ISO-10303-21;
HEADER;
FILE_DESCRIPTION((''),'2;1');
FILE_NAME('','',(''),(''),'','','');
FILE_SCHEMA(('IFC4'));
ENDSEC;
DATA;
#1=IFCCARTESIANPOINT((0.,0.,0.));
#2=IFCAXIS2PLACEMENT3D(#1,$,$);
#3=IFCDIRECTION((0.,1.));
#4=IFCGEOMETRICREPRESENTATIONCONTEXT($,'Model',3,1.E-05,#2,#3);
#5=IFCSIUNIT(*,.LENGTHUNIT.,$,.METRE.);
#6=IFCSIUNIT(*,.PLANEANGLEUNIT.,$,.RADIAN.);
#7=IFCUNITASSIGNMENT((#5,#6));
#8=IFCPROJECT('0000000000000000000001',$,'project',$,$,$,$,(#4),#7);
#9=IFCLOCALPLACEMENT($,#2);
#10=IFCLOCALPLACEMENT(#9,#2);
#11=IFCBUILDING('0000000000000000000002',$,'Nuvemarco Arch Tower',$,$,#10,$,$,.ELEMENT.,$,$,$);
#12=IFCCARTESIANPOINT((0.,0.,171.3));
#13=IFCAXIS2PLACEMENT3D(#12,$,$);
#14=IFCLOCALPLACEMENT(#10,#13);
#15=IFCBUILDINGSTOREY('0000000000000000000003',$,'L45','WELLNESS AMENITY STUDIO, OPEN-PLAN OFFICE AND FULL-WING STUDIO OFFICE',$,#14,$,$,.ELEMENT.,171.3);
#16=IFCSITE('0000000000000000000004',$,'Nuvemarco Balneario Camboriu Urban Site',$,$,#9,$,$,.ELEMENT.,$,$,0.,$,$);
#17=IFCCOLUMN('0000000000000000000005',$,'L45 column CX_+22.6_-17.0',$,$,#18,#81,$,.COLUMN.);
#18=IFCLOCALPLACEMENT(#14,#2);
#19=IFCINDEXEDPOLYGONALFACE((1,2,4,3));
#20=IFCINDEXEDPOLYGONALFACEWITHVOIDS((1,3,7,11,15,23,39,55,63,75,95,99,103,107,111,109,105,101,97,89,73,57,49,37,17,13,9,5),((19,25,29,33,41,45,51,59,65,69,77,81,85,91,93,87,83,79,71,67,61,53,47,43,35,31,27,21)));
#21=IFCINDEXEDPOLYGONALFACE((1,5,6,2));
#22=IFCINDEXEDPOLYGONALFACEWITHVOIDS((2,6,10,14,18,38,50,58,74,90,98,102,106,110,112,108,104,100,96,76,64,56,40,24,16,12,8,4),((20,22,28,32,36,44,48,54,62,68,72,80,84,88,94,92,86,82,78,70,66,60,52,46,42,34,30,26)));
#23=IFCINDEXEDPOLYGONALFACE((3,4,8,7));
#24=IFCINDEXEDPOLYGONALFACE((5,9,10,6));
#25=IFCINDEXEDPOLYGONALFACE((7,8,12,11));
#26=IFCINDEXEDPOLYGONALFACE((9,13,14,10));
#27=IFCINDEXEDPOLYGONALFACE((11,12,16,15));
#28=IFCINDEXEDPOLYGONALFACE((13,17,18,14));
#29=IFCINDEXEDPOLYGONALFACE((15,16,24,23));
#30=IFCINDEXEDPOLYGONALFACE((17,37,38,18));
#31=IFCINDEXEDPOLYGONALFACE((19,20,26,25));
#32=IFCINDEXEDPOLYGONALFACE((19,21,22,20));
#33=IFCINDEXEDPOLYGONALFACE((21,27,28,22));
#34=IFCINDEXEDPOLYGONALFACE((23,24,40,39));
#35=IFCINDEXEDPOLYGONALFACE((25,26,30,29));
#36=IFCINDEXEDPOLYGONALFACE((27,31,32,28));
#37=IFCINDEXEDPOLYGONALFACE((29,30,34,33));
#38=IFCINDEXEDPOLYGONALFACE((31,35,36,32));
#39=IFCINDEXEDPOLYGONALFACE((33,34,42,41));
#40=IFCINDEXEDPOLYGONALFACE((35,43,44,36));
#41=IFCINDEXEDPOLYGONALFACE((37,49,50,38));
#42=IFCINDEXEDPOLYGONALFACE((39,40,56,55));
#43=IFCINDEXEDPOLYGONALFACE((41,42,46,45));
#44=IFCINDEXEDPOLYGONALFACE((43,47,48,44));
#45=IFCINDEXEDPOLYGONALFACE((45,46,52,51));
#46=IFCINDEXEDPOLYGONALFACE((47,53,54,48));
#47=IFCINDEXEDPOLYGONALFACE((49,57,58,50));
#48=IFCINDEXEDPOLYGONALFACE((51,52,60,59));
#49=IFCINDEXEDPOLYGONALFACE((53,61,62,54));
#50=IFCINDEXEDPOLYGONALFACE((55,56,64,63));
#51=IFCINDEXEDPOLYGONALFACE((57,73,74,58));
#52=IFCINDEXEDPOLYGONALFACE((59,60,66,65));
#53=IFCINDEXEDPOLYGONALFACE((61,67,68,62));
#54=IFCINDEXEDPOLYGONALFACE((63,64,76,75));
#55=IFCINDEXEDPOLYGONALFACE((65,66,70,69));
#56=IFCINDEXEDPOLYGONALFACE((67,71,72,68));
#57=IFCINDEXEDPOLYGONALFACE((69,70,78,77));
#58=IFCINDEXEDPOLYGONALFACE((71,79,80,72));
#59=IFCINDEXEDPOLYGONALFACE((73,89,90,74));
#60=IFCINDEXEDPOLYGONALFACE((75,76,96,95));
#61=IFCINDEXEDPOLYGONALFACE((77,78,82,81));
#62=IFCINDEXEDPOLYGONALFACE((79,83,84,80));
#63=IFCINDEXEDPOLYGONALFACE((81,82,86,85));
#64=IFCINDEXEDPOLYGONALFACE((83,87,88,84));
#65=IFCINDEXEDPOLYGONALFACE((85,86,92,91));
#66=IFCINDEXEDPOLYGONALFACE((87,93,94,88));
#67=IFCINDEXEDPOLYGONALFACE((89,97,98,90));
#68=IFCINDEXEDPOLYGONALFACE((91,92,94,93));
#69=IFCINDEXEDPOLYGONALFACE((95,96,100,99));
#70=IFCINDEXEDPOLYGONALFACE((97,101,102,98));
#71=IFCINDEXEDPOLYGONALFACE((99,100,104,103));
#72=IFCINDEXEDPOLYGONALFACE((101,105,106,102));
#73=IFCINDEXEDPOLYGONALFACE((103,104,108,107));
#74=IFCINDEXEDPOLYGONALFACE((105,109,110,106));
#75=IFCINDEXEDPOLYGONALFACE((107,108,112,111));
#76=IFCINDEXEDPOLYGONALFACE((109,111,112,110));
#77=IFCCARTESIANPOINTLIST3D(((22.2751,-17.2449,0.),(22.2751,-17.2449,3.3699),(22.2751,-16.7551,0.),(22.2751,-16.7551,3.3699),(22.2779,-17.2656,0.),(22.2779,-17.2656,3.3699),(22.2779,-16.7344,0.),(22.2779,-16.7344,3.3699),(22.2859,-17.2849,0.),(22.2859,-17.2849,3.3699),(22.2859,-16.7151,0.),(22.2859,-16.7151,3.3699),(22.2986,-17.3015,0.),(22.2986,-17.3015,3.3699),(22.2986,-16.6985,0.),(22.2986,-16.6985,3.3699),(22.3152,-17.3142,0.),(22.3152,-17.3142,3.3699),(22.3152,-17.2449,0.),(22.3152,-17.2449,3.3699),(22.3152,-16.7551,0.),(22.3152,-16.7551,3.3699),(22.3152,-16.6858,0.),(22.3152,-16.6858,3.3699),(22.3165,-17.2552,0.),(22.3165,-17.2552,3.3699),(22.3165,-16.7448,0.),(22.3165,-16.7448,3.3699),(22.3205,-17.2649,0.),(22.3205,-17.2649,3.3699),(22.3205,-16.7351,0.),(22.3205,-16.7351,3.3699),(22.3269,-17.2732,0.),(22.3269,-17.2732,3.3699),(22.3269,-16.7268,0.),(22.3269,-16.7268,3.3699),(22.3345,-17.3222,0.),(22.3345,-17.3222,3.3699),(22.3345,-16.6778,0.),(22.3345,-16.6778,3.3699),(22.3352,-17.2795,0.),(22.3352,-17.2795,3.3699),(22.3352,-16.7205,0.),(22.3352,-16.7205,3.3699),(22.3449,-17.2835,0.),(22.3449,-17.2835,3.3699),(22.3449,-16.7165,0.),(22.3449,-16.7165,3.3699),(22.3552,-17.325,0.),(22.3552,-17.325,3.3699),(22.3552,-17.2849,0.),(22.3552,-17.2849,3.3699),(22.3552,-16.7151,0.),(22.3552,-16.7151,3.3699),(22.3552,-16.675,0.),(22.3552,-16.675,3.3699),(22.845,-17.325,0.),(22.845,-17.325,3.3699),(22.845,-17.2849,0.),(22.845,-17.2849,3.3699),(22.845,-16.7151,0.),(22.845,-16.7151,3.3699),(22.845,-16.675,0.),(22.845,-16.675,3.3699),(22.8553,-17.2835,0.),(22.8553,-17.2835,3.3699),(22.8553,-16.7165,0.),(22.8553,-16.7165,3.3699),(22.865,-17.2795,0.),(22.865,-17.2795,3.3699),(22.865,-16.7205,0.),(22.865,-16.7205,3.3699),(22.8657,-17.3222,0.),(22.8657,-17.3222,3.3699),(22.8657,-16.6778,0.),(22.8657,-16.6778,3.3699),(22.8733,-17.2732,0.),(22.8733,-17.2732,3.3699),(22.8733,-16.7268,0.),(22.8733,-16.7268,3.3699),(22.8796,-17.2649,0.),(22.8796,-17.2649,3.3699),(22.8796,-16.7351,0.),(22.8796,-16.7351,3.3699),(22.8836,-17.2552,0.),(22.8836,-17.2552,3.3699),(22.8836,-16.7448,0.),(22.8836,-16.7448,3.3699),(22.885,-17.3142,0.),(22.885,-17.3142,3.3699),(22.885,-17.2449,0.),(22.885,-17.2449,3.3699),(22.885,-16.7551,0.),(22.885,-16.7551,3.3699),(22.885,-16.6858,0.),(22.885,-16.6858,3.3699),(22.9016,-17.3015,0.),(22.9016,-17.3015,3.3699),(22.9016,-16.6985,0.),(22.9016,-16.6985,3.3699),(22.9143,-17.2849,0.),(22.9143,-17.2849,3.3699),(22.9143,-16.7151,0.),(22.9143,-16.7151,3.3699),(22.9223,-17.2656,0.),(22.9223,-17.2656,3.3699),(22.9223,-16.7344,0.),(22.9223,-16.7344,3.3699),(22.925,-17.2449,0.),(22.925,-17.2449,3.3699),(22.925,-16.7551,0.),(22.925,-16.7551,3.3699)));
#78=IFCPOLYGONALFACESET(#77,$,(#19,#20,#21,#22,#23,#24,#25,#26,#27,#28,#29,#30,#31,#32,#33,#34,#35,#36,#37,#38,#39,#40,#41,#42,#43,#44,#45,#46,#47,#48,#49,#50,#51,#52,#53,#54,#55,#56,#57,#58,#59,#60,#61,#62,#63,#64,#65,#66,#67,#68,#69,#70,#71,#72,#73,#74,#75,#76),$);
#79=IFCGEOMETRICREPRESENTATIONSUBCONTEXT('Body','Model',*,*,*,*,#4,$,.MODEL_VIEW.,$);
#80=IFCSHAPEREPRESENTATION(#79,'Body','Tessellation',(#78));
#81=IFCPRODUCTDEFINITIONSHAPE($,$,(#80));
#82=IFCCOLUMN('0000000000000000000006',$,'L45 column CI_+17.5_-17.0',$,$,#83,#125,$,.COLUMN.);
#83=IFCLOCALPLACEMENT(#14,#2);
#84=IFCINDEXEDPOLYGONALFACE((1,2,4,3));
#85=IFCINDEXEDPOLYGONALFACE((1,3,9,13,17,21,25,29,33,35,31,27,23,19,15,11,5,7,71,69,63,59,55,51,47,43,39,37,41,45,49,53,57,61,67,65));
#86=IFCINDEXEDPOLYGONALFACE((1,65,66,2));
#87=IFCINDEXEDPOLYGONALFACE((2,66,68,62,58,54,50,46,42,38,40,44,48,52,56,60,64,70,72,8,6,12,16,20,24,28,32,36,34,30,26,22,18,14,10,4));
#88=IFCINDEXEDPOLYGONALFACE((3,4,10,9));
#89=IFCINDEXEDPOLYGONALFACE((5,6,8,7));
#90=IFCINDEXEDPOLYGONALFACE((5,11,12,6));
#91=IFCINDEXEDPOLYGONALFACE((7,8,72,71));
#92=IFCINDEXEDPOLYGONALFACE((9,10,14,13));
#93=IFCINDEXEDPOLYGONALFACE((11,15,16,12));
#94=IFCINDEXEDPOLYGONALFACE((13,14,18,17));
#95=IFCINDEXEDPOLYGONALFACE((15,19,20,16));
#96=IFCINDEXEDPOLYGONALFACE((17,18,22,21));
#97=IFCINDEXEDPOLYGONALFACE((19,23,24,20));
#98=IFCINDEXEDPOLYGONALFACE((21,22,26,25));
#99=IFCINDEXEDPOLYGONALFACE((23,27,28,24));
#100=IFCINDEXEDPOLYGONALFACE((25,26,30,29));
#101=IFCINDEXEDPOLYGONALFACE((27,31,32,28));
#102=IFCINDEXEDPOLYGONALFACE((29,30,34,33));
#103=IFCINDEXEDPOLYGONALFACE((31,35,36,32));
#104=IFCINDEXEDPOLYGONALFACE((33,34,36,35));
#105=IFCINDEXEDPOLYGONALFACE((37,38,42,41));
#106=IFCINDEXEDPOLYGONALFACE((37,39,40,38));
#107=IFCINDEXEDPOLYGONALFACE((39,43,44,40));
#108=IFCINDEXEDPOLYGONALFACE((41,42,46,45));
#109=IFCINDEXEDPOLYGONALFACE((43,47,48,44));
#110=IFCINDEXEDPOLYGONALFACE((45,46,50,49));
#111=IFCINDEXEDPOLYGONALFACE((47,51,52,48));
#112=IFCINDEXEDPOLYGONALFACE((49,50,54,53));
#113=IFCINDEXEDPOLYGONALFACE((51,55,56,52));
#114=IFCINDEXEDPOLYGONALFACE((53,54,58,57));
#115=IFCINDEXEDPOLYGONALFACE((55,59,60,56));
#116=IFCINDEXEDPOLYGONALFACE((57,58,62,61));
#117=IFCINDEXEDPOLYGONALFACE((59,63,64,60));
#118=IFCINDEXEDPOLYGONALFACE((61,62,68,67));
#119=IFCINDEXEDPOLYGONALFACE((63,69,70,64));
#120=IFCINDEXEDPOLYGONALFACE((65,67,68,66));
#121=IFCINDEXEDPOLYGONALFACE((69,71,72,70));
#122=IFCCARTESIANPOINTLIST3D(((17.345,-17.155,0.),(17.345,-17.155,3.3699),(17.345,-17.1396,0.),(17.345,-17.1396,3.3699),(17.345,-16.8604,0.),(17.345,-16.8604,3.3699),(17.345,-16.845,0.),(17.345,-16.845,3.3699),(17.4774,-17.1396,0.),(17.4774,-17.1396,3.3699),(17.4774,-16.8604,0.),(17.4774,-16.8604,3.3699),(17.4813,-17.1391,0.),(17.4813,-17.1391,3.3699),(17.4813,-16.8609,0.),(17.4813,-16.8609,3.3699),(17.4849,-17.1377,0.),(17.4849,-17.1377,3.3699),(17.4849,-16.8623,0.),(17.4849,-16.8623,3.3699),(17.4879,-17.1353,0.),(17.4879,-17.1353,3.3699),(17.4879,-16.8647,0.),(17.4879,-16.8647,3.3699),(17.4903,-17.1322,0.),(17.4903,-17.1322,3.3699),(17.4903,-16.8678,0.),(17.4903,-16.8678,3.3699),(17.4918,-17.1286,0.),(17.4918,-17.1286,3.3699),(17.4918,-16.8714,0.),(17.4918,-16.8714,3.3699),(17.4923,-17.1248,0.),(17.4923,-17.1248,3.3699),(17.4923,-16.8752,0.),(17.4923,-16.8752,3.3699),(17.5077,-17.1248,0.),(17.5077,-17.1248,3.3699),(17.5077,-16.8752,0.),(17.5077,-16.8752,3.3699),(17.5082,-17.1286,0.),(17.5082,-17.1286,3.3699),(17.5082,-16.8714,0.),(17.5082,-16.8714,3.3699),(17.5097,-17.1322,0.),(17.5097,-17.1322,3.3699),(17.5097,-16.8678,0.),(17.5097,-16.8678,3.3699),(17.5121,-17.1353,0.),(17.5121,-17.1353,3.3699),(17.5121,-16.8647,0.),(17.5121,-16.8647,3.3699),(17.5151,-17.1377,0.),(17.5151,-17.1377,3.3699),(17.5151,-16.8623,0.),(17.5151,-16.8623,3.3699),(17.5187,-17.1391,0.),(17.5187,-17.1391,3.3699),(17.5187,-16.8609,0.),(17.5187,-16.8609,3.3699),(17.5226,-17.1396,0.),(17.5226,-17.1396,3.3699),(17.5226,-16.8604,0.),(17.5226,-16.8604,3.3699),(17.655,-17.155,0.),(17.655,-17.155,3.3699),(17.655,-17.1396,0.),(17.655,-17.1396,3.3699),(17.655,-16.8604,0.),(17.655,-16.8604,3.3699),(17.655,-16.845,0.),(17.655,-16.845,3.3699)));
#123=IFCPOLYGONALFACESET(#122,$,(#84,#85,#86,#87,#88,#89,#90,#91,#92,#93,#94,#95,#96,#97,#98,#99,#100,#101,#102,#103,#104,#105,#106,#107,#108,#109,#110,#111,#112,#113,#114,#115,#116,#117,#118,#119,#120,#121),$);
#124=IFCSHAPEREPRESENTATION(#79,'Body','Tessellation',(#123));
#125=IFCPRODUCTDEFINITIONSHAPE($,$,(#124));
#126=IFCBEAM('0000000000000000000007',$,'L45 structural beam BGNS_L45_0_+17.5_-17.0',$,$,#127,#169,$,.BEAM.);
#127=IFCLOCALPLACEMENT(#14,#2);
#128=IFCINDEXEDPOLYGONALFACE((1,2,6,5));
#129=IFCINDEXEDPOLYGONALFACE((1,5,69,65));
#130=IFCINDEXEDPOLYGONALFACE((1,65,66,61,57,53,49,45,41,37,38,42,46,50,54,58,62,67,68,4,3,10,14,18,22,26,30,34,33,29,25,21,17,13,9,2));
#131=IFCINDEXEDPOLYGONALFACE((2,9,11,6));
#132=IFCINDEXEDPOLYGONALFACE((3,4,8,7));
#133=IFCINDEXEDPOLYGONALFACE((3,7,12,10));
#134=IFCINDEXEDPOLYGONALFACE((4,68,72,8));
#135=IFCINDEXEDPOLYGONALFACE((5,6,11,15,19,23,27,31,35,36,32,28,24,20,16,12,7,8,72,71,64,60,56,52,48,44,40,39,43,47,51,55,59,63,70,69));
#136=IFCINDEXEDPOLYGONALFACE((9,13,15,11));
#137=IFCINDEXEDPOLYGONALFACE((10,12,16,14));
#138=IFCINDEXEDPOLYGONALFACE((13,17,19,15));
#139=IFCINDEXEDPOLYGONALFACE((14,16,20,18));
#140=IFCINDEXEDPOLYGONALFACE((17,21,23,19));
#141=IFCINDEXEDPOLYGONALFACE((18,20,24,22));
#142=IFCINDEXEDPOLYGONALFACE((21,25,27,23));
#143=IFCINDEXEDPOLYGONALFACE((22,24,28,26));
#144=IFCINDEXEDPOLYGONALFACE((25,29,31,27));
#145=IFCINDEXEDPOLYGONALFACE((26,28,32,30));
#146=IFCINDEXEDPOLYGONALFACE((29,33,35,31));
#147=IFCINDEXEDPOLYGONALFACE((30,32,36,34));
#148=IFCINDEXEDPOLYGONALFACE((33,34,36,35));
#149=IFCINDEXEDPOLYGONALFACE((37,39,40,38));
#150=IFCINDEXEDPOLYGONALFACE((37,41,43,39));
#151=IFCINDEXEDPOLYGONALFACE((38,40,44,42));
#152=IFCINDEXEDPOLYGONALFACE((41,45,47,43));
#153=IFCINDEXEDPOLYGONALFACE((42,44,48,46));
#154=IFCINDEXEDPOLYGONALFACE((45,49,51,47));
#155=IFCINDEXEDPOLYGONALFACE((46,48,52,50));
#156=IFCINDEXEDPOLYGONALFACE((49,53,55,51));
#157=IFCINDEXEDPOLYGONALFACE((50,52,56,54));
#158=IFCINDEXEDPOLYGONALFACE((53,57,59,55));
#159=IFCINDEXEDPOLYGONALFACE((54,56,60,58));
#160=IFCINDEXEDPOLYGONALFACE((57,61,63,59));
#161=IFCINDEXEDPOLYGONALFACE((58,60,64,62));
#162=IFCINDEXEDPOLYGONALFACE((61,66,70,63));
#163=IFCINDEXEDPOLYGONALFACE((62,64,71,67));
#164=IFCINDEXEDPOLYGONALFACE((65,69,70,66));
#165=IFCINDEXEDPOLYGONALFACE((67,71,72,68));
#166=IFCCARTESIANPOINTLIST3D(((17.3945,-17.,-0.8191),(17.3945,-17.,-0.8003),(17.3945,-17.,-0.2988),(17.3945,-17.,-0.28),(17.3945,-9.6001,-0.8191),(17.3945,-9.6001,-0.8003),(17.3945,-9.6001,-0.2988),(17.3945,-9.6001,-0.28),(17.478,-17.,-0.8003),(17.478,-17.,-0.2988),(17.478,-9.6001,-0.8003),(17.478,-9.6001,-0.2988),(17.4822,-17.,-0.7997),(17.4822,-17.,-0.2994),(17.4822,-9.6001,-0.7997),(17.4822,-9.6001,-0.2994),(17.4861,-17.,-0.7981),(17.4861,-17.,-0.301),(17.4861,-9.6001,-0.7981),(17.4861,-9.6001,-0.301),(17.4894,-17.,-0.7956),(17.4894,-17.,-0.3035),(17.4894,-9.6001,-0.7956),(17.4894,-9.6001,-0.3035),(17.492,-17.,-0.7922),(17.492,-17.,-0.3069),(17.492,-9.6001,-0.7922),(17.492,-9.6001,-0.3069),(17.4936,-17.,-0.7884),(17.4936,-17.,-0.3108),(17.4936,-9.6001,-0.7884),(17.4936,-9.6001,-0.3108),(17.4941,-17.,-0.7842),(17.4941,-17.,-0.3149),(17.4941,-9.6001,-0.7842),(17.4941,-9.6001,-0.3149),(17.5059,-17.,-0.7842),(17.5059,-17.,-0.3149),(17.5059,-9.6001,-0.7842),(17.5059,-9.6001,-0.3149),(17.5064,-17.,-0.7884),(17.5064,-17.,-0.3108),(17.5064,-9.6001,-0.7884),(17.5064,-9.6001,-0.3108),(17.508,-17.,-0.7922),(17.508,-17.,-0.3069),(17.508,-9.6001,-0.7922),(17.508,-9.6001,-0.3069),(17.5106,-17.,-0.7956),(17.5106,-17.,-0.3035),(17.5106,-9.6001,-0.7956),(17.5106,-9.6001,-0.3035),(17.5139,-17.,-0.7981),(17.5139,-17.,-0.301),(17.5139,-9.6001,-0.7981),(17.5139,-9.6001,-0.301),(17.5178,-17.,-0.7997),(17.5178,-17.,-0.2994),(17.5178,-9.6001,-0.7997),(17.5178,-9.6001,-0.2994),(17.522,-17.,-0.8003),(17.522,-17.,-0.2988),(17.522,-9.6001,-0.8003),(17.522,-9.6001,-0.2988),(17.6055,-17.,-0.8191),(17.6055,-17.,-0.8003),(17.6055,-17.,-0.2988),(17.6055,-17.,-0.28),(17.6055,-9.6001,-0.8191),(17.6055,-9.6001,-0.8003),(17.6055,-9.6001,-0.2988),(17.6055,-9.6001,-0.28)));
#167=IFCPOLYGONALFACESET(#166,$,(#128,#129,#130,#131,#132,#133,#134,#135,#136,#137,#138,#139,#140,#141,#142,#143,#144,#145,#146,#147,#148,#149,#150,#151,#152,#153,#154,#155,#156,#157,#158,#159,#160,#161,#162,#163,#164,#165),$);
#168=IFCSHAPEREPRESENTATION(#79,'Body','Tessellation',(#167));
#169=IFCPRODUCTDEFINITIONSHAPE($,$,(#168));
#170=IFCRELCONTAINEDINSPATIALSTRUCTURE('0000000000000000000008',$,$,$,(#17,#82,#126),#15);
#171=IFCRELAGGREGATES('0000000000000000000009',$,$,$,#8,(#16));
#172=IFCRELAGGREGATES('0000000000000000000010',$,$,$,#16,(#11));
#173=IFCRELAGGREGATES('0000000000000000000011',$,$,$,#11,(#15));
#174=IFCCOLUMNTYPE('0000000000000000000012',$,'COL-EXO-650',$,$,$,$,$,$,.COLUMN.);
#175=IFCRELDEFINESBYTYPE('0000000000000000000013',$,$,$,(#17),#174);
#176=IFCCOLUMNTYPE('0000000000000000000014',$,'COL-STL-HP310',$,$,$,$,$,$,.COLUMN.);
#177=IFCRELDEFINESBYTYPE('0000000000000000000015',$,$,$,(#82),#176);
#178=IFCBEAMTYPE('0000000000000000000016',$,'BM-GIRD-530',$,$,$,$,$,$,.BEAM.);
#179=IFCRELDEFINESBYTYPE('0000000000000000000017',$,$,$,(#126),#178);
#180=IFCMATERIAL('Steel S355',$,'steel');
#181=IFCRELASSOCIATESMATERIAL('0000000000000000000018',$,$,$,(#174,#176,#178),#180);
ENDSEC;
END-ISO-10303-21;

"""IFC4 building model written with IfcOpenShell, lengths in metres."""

from ifc_helpers import new_model, si_unit, direction, frame, origin, origin_2d, place, context, subcontext, project, spatial, hollow_rectangle, i_section, extrude, material, material_profile, profile_set, type_object, element, save


model = new_model("IFC4")

# Units and contexts
model_context = context("Model", 3, precision=1e-05, world=origin(), true_north=direction((0.0, 1.0)))
body_context = subcontext(model_context, "Body", "Model", "MODEL_VIEW")
ifc_project = project(units=[si_unit("LENGTHUNIT", "METRE"), si_unit("PLANEANGLEUNIT", "RADIAN")], contexts=[model_context])

# Site, building, storey
site_placement = place(None, origin())
site = spatial("IfcSite", under=ifc_project, at=site_placement, Name="Nuvemarco Balneario Camboriu Urban Site", CompositionType="ELEMENT", RefElevation=0.0)
building_placement = place(site_placement, origin())
building = spatial("IfcBuilding", under=site, at=building_placement, Name="Nuvemarco Arch Tower", CompositionType="ELEMENT")
storey_placement = place(building_placement, frame((0.0, 0.0, 171.3)))
storey = spatial("IfcBuildingStorey", under=building, at=storey_placement, Name="L45", Description="WELLNESS AMENITY STUDIO, OPEN-PLAN OFFICE AND FULL-WING STUDIO OFFICE", CompositionType="ELEMENT", Elevation=171.3)

# Columns
ifc_material_1 = material(Name="Steel S355", Category="steel")
ifc_material_profile_1 = material_profile(ifc_material_1, hollow_rectangle(XDim=0.6499, YDim=0.6499, WallThickness=0.04, InnerFilletRadius=0.04, OuterFilletRadius=0.0801, at=origin_2d()), Name="SHS650x650x40")
ifc_profile_set_1 = profile_set([ifc_material_profile_1], Name="Steel S355")
column_type_1 = type_object("IfcColumnType", Name="COL-EXO-650", PredefinedType="COLUMN", material=ifc_profile_set_1)
column_1_placement = place(storey_placement, frame((22.6001, -17.0, 0.0), z_axis=(0.0, 0.0, 1.0), x_axis=(1.0, 0.0, 0.0)))
element("IfcColumn", 1, at=column_1_placement, inside=storey, type_object=column_type_1, Name="L45 column CX_+22.6_-17.0", PredefinedType="COLUMN", context=body_context, shape_type="SweptSolid", body=[
    extrude(hollow_rectangle(XDim=0.6499, YDim=0.6499, WallThickness=0.04, InnerFilletRadius=0.04, OuterFilletRadius=0.0801, at=origin_2d()), origin(), (0.0, 0.0, 1.0), 3.3699),
])
ifc_material_profile_2 = material_profile(ifc_material_1, i_section(OverallWidth=0.3101, OverallDepth=0.3101, WebThickness=0.0154, FlangeThickness=0.0154, FilletRadius=0.0149, at=origin_2d()), Name="HP310x110")
ifc_profile_set_2 = profile_set([ifc_material_profile_2], Name="Steel S355")
column_type_2 = type_object("IfcColumnType", Name="COL-STL-HP310", PredefinedType="COLUMN", material=ifc_profile_set_2)
column_2_placement = place(storey_placement, frame((17.5, -17.0, 0.0), z_axis=(0.0, 0.0, 1.0), x_axis=(1.0, 0.0, 0.0)))
element("IfcColumn", 2, at=column_2_placement, inside=storey, type_object=column_type_2, Name="L45 column CI_+17.5_-17.0", PredefinedType="COLUMN", context=body_context, shape_type="SweptSolid", body=[
    extrude(i_section(OverallWidth=0.3101, OverallDepth=0.3101, WebThickness=0.0154, FlangeThickness=0.0154, FilletRadius=0.0149, at=origin_2d()), origin(), (0.0, 0.0, 1.0), 3.3699),
])

# Beam
ifc_material_profile_3 = material_profile(ifc_material_1, i_section(OverallWidth=0.2109, OverallDepth=0.5391, WebThickness=0.0117, FlangeThickness=0.0188, FilletRadius=0.0161, at=origin_2d()), Name="W530x109")
ifc_profile_set_3 = profile_set([ifc_material_profile_3], Name="Steel S355")
beam_type_1 = type_object("IfcBeamType", Name="BM-GIRD-530", PredefinedType="BEAM", material=ifc_profile_set_3)
beam_1_placement = place(storey_placement, frame((17.5, -17.0, -0.5496), z_axis=(0.0, 1.0, 0.0), x_axis=(-1.0, 0.0, 0.0)))
element("IfcBeam", 3, at=beam_1_placement, inside=storey, type_object=beam_type_1, Name="L45 structural beam BGNS_L45_0_+17.5_-17.0", PredefinedType="BEAM", context=body_context, shape_type="SweptSolid", body=[
    extrude(i_section(OverallWidth=0.2109, OverallDepth=0.5391, WebThickness=0.0117, FlangeThickness=0.0188, FilletRadius=0.0161, at=origin_2d()), origin(), (0.0, 0.0, 1.0), 7.3999),
])

save(model, "model.ifc")
